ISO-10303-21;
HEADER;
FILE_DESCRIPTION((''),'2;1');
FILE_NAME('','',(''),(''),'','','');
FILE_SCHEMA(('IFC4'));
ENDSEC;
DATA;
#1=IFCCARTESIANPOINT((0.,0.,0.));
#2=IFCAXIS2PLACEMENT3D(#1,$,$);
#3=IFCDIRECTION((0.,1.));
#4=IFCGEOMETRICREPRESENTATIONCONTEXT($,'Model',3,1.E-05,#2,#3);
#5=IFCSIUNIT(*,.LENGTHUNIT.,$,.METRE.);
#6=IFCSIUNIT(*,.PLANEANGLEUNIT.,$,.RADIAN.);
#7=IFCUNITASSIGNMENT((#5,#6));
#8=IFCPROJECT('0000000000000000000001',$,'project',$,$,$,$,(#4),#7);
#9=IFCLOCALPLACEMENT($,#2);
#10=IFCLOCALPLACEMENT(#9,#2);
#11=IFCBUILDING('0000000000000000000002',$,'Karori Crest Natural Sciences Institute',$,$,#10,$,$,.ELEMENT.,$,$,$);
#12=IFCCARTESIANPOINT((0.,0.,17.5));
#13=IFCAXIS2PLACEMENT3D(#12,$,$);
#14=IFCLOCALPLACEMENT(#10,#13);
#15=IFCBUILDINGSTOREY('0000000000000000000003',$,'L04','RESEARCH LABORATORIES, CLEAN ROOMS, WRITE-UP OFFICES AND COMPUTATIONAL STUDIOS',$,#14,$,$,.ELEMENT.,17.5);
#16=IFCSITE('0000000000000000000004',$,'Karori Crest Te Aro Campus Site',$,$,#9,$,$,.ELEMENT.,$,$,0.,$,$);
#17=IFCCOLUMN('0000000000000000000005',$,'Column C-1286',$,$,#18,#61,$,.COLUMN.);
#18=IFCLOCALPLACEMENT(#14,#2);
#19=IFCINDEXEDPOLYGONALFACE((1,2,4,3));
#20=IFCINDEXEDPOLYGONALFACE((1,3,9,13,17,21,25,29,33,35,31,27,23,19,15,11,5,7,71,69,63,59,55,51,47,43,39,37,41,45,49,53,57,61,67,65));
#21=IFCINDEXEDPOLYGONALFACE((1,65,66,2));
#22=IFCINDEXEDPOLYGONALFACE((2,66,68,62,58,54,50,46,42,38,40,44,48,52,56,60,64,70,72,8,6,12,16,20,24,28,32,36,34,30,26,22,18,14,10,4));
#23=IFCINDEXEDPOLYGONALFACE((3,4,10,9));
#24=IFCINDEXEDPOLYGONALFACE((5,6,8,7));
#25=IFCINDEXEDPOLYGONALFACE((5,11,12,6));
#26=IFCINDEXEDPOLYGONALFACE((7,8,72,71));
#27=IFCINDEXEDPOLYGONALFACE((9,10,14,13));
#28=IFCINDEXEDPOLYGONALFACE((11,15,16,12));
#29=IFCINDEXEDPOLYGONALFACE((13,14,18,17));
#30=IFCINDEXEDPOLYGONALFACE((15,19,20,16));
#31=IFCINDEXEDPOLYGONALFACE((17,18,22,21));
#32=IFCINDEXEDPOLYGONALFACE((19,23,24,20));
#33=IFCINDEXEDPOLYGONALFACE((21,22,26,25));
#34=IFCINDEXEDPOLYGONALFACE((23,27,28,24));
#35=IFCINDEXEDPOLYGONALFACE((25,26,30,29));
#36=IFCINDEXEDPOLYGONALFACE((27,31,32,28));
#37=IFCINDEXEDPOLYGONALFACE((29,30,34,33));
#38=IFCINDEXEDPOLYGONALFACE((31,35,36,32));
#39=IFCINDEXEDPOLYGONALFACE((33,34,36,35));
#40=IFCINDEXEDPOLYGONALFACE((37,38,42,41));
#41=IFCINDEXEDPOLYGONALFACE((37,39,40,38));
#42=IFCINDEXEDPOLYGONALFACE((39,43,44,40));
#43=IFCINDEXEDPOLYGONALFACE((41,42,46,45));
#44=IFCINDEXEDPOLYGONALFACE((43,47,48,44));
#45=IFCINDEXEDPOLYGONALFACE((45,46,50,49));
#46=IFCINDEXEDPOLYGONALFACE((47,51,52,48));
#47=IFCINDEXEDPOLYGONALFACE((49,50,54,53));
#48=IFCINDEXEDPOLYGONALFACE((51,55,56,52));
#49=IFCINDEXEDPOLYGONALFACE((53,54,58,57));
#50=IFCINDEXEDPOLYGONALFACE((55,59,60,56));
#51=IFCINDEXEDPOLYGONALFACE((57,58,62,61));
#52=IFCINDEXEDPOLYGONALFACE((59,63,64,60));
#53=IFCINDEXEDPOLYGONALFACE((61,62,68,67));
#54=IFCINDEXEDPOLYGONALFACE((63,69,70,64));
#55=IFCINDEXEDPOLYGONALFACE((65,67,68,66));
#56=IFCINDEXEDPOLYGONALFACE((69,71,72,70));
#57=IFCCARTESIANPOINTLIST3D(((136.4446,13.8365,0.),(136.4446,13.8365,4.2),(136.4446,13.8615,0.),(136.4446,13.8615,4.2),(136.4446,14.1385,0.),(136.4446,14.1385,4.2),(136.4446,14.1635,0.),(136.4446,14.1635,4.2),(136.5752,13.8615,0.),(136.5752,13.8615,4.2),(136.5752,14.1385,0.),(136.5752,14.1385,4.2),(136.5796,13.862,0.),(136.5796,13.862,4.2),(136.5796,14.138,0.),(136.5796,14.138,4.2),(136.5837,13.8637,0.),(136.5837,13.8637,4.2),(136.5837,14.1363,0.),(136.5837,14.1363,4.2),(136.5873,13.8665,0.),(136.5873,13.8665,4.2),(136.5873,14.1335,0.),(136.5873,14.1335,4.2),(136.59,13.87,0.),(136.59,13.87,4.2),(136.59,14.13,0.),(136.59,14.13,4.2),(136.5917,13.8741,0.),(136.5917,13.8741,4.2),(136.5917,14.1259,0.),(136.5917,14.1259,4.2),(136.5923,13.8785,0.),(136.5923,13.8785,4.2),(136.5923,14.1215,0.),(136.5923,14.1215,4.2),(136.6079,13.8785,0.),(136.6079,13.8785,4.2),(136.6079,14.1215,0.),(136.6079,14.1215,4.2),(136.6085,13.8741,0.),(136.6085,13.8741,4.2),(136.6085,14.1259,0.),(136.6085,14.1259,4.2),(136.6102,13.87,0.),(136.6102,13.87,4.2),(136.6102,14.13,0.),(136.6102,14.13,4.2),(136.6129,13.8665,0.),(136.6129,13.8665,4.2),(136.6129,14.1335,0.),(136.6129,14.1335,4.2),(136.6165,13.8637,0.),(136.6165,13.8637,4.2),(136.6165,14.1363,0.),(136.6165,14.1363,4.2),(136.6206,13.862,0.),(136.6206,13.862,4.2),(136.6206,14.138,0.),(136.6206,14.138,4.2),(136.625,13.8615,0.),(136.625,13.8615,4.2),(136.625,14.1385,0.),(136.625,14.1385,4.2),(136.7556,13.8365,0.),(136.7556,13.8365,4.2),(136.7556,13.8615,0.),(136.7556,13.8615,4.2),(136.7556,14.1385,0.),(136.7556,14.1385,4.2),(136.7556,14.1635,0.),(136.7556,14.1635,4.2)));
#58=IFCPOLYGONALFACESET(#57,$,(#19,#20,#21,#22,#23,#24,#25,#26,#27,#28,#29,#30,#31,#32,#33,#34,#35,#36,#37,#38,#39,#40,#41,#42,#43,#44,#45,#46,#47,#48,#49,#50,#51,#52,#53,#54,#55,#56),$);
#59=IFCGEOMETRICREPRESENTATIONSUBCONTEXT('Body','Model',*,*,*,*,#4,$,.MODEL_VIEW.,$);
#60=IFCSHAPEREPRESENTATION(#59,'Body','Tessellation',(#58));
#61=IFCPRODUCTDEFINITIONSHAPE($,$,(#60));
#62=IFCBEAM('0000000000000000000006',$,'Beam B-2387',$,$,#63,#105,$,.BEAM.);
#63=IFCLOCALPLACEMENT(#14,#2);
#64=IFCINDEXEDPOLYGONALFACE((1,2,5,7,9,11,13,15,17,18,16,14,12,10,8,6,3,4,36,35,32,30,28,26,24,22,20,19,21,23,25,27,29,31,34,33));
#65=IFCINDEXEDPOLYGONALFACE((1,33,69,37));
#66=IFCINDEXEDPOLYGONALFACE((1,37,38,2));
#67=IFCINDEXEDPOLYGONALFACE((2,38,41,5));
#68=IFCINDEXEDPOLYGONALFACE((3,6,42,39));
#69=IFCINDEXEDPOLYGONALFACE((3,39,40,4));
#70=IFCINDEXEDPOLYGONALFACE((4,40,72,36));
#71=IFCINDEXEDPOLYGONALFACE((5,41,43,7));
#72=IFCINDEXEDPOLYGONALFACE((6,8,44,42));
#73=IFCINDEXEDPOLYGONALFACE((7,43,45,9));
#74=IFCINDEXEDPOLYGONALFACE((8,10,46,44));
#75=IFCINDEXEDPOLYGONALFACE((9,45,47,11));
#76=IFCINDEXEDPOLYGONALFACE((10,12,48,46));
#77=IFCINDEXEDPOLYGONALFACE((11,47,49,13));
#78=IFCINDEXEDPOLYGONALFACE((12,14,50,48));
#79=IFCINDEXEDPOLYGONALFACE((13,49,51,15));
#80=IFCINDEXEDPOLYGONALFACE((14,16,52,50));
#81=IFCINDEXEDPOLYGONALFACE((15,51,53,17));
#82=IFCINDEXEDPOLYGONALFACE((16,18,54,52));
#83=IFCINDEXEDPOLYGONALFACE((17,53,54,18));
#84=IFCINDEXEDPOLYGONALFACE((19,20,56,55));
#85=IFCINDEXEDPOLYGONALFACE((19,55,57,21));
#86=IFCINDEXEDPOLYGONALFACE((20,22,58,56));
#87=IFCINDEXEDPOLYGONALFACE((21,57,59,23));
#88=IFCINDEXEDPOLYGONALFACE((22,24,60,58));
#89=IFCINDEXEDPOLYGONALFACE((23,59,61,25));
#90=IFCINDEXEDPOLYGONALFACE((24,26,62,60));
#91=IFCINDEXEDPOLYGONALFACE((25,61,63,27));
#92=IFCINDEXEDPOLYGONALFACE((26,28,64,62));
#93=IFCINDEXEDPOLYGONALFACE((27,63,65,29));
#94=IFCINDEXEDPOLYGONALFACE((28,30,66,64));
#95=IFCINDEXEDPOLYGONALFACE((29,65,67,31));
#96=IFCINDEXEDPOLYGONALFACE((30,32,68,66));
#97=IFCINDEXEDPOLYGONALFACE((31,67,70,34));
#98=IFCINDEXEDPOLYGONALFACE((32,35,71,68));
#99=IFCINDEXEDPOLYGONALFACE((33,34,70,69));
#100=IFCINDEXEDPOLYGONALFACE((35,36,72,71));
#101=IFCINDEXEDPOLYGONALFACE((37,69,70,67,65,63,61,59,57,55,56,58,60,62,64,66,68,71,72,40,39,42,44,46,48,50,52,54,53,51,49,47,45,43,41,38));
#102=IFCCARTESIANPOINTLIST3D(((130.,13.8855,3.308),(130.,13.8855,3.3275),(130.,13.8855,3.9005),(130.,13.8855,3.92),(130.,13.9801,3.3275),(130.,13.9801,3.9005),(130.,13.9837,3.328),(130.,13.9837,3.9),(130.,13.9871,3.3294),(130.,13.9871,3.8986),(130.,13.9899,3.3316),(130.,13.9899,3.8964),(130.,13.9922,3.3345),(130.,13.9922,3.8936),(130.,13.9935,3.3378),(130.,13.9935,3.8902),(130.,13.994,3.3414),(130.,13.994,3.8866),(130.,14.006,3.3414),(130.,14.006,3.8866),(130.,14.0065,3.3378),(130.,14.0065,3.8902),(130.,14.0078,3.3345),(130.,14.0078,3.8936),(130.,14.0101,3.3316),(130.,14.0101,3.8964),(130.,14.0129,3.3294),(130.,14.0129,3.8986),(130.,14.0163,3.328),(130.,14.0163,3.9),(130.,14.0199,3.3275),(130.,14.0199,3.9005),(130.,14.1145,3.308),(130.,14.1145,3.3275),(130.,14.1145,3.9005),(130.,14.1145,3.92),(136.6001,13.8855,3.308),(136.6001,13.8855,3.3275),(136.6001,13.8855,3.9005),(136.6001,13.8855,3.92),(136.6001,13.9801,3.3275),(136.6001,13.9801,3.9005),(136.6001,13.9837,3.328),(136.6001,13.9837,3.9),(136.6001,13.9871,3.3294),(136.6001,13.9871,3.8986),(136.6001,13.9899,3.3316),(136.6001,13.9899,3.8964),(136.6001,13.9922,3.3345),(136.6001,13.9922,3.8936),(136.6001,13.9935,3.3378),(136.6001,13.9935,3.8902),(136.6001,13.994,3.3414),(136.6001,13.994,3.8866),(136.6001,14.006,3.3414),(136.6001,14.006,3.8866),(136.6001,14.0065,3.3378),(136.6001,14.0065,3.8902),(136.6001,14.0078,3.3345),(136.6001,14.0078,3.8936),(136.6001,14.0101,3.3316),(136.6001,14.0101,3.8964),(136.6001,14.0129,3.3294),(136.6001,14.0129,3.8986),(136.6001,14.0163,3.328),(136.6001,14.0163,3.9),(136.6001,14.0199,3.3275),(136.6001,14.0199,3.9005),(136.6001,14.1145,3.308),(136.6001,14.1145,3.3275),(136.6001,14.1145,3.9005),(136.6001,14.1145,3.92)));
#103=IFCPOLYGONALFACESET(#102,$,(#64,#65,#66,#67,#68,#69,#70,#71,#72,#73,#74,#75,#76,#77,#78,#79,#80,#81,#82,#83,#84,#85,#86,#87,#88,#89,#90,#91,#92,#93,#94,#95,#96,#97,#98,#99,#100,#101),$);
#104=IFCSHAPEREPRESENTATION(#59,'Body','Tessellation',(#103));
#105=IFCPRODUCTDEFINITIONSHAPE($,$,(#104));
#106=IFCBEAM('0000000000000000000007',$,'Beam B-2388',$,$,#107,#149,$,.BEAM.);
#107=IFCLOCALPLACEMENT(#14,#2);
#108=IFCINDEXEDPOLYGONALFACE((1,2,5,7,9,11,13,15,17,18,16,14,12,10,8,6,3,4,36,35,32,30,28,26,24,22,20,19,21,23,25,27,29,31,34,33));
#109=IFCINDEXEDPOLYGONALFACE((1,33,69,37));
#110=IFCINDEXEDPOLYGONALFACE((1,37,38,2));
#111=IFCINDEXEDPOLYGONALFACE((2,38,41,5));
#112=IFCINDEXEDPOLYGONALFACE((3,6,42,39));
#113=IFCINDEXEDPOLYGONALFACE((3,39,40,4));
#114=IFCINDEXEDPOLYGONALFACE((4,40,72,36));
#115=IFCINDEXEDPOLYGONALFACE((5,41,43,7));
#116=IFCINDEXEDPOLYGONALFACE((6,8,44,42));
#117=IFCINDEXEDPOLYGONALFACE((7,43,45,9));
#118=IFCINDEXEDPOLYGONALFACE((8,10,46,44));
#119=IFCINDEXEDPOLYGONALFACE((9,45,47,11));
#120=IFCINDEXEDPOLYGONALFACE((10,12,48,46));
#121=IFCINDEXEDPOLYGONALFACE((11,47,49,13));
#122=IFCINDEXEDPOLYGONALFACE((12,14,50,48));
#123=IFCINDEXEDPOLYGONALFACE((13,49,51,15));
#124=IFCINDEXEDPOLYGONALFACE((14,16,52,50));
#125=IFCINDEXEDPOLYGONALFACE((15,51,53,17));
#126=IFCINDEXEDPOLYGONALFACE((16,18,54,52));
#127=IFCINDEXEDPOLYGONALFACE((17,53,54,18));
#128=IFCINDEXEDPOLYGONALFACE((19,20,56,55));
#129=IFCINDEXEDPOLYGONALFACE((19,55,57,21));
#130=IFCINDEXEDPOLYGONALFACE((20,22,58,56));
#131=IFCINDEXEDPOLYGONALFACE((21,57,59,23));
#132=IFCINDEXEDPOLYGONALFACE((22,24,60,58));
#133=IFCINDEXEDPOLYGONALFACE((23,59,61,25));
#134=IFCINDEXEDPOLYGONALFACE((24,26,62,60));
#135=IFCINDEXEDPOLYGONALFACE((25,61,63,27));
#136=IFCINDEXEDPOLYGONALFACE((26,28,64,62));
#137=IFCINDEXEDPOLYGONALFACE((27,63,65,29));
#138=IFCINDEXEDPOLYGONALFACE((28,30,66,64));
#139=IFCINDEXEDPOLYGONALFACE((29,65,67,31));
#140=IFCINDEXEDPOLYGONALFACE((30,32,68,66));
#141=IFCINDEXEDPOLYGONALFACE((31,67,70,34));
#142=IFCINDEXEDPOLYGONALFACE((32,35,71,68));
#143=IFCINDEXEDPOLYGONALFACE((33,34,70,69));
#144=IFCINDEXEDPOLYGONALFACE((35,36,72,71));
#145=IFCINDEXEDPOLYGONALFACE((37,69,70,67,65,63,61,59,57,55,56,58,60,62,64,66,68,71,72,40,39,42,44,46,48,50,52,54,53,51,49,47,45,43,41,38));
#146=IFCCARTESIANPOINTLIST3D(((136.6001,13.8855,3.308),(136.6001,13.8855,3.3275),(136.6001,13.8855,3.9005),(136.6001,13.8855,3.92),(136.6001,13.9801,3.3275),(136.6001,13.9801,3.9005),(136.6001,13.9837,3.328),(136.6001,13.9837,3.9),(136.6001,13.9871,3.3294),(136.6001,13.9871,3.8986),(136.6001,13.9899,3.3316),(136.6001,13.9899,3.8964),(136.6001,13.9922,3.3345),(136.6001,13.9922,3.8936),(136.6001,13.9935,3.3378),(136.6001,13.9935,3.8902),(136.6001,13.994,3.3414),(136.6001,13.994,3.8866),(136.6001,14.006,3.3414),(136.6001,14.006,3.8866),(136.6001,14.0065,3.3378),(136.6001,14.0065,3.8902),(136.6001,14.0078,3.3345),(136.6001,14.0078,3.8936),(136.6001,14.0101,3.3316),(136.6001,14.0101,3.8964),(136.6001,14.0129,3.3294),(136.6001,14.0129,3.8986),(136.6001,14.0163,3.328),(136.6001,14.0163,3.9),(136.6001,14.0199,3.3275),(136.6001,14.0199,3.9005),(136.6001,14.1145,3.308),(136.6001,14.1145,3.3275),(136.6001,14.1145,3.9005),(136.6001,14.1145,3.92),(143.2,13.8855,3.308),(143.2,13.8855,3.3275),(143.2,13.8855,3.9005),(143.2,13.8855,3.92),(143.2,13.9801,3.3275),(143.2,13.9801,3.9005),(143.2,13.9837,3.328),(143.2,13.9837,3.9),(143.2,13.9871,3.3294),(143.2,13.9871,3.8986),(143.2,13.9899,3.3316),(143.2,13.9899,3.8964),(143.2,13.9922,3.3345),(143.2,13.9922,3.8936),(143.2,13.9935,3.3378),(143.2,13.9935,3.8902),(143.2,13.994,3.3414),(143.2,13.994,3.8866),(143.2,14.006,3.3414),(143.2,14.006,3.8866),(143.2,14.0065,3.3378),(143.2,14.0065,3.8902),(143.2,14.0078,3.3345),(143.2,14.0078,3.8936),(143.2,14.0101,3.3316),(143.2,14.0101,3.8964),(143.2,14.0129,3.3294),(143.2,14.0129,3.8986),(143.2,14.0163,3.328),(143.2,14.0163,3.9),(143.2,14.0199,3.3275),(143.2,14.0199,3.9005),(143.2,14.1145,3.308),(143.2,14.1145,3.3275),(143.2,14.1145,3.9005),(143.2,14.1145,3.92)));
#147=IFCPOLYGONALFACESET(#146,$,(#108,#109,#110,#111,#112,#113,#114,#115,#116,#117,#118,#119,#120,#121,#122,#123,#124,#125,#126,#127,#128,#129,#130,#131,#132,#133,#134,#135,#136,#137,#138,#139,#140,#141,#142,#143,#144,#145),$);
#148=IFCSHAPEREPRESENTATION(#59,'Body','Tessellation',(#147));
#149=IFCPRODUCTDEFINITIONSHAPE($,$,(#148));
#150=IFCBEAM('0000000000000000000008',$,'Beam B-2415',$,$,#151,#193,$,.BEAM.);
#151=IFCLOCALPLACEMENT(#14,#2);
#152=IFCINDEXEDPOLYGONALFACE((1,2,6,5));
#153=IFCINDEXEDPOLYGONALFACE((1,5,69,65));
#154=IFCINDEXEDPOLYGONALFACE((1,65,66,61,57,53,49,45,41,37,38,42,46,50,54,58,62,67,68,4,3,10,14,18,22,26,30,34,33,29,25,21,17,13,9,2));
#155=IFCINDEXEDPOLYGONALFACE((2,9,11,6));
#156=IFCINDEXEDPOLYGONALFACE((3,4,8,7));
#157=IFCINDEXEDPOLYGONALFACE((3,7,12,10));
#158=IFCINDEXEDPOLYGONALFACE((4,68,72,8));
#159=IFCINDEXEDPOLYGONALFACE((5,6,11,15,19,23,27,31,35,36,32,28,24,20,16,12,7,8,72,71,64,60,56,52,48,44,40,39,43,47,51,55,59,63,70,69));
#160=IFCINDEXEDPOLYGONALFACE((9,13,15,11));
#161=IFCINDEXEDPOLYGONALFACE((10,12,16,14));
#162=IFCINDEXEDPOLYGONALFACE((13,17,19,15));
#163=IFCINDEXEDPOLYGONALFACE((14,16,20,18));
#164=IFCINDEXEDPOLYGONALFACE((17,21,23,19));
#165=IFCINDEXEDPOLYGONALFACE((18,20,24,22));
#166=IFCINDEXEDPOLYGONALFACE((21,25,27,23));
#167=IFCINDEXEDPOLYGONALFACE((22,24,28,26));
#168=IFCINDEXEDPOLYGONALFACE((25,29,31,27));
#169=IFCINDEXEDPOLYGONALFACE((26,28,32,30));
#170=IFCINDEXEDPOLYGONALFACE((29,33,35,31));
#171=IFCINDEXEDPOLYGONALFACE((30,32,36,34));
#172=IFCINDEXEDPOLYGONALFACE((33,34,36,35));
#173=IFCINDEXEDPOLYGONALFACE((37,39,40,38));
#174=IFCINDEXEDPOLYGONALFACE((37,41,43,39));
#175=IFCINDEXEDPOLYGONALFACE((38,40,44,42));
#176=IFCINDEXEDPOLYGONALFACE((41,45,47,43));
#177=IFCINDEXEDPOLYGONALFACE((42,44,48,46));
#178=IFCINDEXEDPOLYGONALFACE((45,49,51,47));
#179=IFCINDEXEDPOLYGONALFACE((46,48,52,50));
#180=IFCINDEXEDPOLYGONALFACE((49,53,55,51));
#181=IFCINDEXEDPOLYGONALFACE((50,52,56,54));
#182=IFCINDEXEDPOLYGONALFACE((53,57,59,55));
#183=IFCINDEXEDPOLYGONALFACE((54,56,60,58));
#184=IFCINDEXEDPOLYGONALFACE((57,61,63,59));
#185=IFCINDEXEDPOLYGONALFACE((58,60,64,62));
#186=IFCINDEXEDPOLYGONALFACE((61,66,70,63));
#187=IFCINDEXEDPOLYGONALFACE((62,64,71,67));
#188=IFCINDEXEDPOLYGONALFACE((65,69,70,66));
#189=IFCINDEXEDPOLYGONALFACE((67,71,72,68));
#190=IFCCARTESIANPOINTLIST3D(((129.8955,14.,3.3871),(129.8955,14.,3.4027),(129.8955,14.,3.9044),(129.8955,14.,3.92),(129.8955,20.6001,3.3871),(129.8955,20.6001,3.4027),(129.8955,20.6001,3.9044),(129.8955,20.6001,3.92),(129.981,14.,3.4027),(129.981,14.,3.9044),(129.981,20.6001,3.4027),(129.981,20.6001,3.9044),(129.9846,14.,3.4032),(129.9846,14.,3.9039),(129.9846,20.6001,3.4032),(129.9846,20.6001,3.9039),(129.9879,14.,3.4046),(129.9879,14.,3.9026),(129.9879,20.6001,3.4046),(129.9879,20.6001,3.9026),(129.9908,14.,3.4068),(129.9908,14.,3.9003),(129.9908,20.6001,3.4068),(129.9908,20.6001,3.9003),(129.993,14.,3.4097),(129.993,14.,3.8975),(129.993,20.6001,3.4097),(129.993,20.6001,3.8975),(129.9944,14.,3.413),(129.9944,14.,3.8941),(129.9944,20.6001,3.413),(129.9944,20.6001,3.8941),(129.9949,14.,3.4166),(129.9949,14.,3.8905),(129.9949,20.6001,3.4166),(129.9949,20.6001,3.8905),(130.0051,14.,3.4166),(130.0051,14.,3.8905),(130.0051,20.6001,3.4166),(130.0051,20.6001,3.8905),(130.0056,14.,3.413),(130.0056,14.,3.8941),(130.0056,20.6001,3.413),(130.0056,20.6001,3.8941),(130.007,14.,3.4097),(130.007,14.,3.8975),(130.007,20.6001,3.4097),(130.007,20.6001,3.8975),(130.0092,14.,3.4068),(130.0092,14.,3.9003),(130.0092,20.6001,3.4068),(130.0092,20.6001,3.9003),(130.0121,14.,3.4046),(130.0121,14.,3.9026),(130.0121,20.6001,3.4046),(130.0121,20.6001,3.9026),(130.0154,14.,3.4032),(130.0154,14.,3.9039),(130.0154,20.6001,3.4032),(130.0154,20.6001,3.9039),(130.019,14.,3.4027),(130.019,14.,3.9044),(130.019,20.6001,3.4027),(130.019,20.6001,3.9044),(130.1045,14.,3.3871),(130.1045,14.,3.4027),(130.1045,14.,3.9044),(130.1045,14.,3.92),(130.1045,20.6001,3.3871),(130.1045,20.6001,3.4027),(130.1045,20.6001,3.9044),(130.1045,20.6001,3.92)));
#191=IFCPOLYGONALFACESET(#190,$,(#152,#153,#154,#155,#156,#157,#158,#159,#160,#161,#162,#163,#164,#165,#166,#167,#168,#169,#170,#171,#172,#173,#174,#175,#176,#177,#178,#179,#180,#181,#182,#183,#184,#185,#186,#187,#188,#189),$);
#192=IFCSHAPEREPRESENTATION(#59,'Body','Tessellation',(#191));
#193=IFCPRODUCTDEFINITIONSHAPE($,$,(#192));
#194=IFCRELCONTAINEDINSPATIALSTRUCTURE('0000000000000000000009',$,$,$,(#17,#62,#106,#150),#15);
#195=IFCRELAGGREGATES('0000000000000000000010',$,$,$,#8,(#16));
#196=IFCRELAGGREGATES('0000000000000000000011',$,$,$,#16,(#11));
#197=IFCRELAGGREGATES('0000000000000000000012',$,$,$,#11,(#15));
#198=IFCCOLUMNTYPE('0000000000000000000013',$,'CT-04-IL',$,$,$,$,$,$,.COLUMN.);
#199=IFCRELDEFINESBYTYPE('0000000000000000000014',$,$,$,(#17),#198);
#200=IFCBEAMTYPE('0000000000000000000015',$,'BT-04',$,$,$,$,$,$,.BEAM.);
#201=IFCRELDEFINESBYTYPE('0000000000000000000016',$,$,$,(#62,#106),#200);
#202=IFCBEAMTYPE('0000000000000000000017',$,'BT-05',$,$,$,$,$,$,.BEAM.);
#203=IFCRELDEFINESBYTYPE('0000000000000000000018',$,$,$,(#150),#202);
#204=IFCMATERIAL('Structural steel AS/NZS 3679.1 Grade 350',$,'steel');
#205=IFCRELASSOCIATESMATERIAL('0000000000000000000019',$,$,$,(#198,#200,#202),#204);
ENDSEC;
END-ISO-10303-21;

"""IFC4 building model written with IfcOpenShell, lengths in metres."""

from ifc_helpers import new_model, si_unit, direction, frame, origin, origin_2d, place, context, subcontext, project, spatial, i_section, extrude, material, material_profile, profile_set, type_object, element, save


model = new_model("IFC4")

# Units and contexts
model_context = context("Model", 3, precision=1e-05, world=origin(), true_north=direction((0.0, 1.0)))
body_context = subcontext(model_context, "Body", "Model", "MODEL_VIEW")
ifc_project = project(units=[si_unit("LENGTHUNIT", "METRE"), si_unit("PLANEANGLEUNIT", "RADIAN")], contexts=[model_context])

# Site, building, storey
site_placement = place(None, origin())
site = spatial("IfcSite", under=ifc_project, at=site_placement, Name="Karori Crest Te Aro Campus Site", CompositionType="ELEMENT", RefElevation=0.0)
building_placement = place(site_placement, origin())
building = spatial("IfcBuilding", under=site, at=building_placement, Name="Karori Crest Natural Sciences Institute", CompositionType="ELEMENT")
storey_placement = place(building_placement, frame((0.0, 0.0, 17.5)))
storey = spatial("IfcBuildingStorey", under=building, at=storey_placement, Name="L04", Description="RESEARCH LABORATORIES, CLEAN ROOMS, WRITE-UP OFFICES AND COMPUTATIONAL STUDIOS", CompositionType="ELEMENT", Elevation=17.5)

# Column
ifc_material_1 = material(Name="Structural steel AS/NZS 3679.1 Grade 350", Category="steel")
ifc_material_profile_1 = material_profile(ifc_material_1, i_section(OverallWidth=0.311, OverallDepth=0.3269, WebThickness=0.0156, FlangeThickness=0.0249, FilletRadius=0.0171, at=origin_2d()), Name="310UC158")
ifc_profile_set_1 = profile_set([ifc_material_profile_1], Name="Structural steel AS/NZS 3679.1 Grade 350")
column_type = type_object("IfcColumnType", Name="CT-04-IL", PredefinedType="COLUMN", material=ifc_profile_set_1)
column_placement = place(storey_placement, frame((136.6001, 14.0, 0.0), z_axis=(0.0, 0.0, 1.0), x_axis=(1.0, 0.0, 0.0)))
element("IfcColumn", 1, at=column_placement, inside=storey, type_object=column_type, Name="Column C-1286", PredefinedType="COLUMN", context=body_context, shape_type="SweptSolid", body=[
    extrude(i_section(OverallWidth=0.311, OverallDepth=0.3269, WebThickness=0.0156, FlangeThickness=0.0249, FilletRadius=0.0171, at=origin_2d()), origin(), (0.0, 0.0, 1.0), 4.2),
])

# Beams
ifc_material_profile_2 = material_profile(ifc_material_1, i_section(OverallWidth=0.229, OverallDepth=0.6121, WebThickness=0.012, FlangeThickness=0.0195, FilletRadius=0.0139, at=origin_2d()), Name="610UB125")
ifc_profile_set_2 = profile_set([ifc_material_profile_2], Name="Structural steel AS/NZS 3679.1 Grade 350")
beam_type_1 = type_object("IfcBeamType", Name="BT-04", PredefinedType="BEAM", material=ifc_profile_set_2)
beam_1_placement = place(storey_placement, frame((130.0, 14.0, 3.614), z_axis=(1.0, 0.0, 0.0), x_axis=(0.0, 1.0, 0.0)))
element("IfcBeam", 2, at=beam_1_placement, inside=storey, type_object=beam_type_1, Name="Beam B-2387", PredefinedType="BEAM", context=body_context, shape_type="SweptSolid", body=[
    extrude(i_section(OverallWidth=0.229, OverallDepth=0.6121, WebThickness=0.012, FlangeThickness=0.0195, FilletRadius=0.0139, at=origin_2d()), origin(), (0.0, 0.0, 1.0), 6.6001),
])
beam_2_placement = place(storey_placement, frame((136.6001, 14.0, 3.614), z_axis=(1.0, 0.0, 0.0), x_axis=(0.0, 1.0, 0.0)))
element("IfcBeam", 3, at=beam_2_placement, inside=storey, type_object=beam_type_1, Name="Beam B-2388", PredefinedType="BEAM", context=body_context, shape_type="SweptSolid", body=[
    extrude(i_section(OverallWidth=0.229, OverallDepth=0.6121, WebThickness=0.012, FlangeThickness=0.0195, FilletRadius=0.0139, at=origin_2d()), origin(), (0.0, 0.0, 1.0), 6.5999),
])
ifc_material_profile_3 = material_profile(ifc_material_1, i_section(OverallWidth=0.209, OverallDepth=0.533, WebThickness=0.0103, FlangeThickness=0.0156, FilletRadius=0.0139, at=origin_2d()), Name="530UB92.4")
ifc_profile_set_3 = profile_set([ifc_material_profile_3], Name="Structural steel AS/NZS 3679.1 Grade 350")
beam_type_2 = type_object("IfcBeamType", Name="BT-05", PredefinedType="BEAM", material=ifc_profile_set_3)
for number, where, z_axis, x_axis, name in (
    (4, (130.0, 14.0, 3.6536), (0.0, 1.0, 0.0), (-1.0, 0.0, 0.0), "Beam B-2415"),
):
    element("IfcBeam", number, at=place(storey_placement, frame(where, z_axis=z_axis, x_axis=x_axis)), inside=storey, type_object=beam_type_2, Name=name, PredefinedType="BEAM", context=body_context, shape_type="SweptSolid", body=[
        extrude(i_section(OverallWidth=0.209, OverallDepth=0.533, WebThickness=0.0103, FlangeThickness=0.0156, FilletRadius=0.0139, at=origin_2d()), origin(), (0.0, 0.0, 1.0), 6.6001),
    ])

save(model, "model.ifc")
